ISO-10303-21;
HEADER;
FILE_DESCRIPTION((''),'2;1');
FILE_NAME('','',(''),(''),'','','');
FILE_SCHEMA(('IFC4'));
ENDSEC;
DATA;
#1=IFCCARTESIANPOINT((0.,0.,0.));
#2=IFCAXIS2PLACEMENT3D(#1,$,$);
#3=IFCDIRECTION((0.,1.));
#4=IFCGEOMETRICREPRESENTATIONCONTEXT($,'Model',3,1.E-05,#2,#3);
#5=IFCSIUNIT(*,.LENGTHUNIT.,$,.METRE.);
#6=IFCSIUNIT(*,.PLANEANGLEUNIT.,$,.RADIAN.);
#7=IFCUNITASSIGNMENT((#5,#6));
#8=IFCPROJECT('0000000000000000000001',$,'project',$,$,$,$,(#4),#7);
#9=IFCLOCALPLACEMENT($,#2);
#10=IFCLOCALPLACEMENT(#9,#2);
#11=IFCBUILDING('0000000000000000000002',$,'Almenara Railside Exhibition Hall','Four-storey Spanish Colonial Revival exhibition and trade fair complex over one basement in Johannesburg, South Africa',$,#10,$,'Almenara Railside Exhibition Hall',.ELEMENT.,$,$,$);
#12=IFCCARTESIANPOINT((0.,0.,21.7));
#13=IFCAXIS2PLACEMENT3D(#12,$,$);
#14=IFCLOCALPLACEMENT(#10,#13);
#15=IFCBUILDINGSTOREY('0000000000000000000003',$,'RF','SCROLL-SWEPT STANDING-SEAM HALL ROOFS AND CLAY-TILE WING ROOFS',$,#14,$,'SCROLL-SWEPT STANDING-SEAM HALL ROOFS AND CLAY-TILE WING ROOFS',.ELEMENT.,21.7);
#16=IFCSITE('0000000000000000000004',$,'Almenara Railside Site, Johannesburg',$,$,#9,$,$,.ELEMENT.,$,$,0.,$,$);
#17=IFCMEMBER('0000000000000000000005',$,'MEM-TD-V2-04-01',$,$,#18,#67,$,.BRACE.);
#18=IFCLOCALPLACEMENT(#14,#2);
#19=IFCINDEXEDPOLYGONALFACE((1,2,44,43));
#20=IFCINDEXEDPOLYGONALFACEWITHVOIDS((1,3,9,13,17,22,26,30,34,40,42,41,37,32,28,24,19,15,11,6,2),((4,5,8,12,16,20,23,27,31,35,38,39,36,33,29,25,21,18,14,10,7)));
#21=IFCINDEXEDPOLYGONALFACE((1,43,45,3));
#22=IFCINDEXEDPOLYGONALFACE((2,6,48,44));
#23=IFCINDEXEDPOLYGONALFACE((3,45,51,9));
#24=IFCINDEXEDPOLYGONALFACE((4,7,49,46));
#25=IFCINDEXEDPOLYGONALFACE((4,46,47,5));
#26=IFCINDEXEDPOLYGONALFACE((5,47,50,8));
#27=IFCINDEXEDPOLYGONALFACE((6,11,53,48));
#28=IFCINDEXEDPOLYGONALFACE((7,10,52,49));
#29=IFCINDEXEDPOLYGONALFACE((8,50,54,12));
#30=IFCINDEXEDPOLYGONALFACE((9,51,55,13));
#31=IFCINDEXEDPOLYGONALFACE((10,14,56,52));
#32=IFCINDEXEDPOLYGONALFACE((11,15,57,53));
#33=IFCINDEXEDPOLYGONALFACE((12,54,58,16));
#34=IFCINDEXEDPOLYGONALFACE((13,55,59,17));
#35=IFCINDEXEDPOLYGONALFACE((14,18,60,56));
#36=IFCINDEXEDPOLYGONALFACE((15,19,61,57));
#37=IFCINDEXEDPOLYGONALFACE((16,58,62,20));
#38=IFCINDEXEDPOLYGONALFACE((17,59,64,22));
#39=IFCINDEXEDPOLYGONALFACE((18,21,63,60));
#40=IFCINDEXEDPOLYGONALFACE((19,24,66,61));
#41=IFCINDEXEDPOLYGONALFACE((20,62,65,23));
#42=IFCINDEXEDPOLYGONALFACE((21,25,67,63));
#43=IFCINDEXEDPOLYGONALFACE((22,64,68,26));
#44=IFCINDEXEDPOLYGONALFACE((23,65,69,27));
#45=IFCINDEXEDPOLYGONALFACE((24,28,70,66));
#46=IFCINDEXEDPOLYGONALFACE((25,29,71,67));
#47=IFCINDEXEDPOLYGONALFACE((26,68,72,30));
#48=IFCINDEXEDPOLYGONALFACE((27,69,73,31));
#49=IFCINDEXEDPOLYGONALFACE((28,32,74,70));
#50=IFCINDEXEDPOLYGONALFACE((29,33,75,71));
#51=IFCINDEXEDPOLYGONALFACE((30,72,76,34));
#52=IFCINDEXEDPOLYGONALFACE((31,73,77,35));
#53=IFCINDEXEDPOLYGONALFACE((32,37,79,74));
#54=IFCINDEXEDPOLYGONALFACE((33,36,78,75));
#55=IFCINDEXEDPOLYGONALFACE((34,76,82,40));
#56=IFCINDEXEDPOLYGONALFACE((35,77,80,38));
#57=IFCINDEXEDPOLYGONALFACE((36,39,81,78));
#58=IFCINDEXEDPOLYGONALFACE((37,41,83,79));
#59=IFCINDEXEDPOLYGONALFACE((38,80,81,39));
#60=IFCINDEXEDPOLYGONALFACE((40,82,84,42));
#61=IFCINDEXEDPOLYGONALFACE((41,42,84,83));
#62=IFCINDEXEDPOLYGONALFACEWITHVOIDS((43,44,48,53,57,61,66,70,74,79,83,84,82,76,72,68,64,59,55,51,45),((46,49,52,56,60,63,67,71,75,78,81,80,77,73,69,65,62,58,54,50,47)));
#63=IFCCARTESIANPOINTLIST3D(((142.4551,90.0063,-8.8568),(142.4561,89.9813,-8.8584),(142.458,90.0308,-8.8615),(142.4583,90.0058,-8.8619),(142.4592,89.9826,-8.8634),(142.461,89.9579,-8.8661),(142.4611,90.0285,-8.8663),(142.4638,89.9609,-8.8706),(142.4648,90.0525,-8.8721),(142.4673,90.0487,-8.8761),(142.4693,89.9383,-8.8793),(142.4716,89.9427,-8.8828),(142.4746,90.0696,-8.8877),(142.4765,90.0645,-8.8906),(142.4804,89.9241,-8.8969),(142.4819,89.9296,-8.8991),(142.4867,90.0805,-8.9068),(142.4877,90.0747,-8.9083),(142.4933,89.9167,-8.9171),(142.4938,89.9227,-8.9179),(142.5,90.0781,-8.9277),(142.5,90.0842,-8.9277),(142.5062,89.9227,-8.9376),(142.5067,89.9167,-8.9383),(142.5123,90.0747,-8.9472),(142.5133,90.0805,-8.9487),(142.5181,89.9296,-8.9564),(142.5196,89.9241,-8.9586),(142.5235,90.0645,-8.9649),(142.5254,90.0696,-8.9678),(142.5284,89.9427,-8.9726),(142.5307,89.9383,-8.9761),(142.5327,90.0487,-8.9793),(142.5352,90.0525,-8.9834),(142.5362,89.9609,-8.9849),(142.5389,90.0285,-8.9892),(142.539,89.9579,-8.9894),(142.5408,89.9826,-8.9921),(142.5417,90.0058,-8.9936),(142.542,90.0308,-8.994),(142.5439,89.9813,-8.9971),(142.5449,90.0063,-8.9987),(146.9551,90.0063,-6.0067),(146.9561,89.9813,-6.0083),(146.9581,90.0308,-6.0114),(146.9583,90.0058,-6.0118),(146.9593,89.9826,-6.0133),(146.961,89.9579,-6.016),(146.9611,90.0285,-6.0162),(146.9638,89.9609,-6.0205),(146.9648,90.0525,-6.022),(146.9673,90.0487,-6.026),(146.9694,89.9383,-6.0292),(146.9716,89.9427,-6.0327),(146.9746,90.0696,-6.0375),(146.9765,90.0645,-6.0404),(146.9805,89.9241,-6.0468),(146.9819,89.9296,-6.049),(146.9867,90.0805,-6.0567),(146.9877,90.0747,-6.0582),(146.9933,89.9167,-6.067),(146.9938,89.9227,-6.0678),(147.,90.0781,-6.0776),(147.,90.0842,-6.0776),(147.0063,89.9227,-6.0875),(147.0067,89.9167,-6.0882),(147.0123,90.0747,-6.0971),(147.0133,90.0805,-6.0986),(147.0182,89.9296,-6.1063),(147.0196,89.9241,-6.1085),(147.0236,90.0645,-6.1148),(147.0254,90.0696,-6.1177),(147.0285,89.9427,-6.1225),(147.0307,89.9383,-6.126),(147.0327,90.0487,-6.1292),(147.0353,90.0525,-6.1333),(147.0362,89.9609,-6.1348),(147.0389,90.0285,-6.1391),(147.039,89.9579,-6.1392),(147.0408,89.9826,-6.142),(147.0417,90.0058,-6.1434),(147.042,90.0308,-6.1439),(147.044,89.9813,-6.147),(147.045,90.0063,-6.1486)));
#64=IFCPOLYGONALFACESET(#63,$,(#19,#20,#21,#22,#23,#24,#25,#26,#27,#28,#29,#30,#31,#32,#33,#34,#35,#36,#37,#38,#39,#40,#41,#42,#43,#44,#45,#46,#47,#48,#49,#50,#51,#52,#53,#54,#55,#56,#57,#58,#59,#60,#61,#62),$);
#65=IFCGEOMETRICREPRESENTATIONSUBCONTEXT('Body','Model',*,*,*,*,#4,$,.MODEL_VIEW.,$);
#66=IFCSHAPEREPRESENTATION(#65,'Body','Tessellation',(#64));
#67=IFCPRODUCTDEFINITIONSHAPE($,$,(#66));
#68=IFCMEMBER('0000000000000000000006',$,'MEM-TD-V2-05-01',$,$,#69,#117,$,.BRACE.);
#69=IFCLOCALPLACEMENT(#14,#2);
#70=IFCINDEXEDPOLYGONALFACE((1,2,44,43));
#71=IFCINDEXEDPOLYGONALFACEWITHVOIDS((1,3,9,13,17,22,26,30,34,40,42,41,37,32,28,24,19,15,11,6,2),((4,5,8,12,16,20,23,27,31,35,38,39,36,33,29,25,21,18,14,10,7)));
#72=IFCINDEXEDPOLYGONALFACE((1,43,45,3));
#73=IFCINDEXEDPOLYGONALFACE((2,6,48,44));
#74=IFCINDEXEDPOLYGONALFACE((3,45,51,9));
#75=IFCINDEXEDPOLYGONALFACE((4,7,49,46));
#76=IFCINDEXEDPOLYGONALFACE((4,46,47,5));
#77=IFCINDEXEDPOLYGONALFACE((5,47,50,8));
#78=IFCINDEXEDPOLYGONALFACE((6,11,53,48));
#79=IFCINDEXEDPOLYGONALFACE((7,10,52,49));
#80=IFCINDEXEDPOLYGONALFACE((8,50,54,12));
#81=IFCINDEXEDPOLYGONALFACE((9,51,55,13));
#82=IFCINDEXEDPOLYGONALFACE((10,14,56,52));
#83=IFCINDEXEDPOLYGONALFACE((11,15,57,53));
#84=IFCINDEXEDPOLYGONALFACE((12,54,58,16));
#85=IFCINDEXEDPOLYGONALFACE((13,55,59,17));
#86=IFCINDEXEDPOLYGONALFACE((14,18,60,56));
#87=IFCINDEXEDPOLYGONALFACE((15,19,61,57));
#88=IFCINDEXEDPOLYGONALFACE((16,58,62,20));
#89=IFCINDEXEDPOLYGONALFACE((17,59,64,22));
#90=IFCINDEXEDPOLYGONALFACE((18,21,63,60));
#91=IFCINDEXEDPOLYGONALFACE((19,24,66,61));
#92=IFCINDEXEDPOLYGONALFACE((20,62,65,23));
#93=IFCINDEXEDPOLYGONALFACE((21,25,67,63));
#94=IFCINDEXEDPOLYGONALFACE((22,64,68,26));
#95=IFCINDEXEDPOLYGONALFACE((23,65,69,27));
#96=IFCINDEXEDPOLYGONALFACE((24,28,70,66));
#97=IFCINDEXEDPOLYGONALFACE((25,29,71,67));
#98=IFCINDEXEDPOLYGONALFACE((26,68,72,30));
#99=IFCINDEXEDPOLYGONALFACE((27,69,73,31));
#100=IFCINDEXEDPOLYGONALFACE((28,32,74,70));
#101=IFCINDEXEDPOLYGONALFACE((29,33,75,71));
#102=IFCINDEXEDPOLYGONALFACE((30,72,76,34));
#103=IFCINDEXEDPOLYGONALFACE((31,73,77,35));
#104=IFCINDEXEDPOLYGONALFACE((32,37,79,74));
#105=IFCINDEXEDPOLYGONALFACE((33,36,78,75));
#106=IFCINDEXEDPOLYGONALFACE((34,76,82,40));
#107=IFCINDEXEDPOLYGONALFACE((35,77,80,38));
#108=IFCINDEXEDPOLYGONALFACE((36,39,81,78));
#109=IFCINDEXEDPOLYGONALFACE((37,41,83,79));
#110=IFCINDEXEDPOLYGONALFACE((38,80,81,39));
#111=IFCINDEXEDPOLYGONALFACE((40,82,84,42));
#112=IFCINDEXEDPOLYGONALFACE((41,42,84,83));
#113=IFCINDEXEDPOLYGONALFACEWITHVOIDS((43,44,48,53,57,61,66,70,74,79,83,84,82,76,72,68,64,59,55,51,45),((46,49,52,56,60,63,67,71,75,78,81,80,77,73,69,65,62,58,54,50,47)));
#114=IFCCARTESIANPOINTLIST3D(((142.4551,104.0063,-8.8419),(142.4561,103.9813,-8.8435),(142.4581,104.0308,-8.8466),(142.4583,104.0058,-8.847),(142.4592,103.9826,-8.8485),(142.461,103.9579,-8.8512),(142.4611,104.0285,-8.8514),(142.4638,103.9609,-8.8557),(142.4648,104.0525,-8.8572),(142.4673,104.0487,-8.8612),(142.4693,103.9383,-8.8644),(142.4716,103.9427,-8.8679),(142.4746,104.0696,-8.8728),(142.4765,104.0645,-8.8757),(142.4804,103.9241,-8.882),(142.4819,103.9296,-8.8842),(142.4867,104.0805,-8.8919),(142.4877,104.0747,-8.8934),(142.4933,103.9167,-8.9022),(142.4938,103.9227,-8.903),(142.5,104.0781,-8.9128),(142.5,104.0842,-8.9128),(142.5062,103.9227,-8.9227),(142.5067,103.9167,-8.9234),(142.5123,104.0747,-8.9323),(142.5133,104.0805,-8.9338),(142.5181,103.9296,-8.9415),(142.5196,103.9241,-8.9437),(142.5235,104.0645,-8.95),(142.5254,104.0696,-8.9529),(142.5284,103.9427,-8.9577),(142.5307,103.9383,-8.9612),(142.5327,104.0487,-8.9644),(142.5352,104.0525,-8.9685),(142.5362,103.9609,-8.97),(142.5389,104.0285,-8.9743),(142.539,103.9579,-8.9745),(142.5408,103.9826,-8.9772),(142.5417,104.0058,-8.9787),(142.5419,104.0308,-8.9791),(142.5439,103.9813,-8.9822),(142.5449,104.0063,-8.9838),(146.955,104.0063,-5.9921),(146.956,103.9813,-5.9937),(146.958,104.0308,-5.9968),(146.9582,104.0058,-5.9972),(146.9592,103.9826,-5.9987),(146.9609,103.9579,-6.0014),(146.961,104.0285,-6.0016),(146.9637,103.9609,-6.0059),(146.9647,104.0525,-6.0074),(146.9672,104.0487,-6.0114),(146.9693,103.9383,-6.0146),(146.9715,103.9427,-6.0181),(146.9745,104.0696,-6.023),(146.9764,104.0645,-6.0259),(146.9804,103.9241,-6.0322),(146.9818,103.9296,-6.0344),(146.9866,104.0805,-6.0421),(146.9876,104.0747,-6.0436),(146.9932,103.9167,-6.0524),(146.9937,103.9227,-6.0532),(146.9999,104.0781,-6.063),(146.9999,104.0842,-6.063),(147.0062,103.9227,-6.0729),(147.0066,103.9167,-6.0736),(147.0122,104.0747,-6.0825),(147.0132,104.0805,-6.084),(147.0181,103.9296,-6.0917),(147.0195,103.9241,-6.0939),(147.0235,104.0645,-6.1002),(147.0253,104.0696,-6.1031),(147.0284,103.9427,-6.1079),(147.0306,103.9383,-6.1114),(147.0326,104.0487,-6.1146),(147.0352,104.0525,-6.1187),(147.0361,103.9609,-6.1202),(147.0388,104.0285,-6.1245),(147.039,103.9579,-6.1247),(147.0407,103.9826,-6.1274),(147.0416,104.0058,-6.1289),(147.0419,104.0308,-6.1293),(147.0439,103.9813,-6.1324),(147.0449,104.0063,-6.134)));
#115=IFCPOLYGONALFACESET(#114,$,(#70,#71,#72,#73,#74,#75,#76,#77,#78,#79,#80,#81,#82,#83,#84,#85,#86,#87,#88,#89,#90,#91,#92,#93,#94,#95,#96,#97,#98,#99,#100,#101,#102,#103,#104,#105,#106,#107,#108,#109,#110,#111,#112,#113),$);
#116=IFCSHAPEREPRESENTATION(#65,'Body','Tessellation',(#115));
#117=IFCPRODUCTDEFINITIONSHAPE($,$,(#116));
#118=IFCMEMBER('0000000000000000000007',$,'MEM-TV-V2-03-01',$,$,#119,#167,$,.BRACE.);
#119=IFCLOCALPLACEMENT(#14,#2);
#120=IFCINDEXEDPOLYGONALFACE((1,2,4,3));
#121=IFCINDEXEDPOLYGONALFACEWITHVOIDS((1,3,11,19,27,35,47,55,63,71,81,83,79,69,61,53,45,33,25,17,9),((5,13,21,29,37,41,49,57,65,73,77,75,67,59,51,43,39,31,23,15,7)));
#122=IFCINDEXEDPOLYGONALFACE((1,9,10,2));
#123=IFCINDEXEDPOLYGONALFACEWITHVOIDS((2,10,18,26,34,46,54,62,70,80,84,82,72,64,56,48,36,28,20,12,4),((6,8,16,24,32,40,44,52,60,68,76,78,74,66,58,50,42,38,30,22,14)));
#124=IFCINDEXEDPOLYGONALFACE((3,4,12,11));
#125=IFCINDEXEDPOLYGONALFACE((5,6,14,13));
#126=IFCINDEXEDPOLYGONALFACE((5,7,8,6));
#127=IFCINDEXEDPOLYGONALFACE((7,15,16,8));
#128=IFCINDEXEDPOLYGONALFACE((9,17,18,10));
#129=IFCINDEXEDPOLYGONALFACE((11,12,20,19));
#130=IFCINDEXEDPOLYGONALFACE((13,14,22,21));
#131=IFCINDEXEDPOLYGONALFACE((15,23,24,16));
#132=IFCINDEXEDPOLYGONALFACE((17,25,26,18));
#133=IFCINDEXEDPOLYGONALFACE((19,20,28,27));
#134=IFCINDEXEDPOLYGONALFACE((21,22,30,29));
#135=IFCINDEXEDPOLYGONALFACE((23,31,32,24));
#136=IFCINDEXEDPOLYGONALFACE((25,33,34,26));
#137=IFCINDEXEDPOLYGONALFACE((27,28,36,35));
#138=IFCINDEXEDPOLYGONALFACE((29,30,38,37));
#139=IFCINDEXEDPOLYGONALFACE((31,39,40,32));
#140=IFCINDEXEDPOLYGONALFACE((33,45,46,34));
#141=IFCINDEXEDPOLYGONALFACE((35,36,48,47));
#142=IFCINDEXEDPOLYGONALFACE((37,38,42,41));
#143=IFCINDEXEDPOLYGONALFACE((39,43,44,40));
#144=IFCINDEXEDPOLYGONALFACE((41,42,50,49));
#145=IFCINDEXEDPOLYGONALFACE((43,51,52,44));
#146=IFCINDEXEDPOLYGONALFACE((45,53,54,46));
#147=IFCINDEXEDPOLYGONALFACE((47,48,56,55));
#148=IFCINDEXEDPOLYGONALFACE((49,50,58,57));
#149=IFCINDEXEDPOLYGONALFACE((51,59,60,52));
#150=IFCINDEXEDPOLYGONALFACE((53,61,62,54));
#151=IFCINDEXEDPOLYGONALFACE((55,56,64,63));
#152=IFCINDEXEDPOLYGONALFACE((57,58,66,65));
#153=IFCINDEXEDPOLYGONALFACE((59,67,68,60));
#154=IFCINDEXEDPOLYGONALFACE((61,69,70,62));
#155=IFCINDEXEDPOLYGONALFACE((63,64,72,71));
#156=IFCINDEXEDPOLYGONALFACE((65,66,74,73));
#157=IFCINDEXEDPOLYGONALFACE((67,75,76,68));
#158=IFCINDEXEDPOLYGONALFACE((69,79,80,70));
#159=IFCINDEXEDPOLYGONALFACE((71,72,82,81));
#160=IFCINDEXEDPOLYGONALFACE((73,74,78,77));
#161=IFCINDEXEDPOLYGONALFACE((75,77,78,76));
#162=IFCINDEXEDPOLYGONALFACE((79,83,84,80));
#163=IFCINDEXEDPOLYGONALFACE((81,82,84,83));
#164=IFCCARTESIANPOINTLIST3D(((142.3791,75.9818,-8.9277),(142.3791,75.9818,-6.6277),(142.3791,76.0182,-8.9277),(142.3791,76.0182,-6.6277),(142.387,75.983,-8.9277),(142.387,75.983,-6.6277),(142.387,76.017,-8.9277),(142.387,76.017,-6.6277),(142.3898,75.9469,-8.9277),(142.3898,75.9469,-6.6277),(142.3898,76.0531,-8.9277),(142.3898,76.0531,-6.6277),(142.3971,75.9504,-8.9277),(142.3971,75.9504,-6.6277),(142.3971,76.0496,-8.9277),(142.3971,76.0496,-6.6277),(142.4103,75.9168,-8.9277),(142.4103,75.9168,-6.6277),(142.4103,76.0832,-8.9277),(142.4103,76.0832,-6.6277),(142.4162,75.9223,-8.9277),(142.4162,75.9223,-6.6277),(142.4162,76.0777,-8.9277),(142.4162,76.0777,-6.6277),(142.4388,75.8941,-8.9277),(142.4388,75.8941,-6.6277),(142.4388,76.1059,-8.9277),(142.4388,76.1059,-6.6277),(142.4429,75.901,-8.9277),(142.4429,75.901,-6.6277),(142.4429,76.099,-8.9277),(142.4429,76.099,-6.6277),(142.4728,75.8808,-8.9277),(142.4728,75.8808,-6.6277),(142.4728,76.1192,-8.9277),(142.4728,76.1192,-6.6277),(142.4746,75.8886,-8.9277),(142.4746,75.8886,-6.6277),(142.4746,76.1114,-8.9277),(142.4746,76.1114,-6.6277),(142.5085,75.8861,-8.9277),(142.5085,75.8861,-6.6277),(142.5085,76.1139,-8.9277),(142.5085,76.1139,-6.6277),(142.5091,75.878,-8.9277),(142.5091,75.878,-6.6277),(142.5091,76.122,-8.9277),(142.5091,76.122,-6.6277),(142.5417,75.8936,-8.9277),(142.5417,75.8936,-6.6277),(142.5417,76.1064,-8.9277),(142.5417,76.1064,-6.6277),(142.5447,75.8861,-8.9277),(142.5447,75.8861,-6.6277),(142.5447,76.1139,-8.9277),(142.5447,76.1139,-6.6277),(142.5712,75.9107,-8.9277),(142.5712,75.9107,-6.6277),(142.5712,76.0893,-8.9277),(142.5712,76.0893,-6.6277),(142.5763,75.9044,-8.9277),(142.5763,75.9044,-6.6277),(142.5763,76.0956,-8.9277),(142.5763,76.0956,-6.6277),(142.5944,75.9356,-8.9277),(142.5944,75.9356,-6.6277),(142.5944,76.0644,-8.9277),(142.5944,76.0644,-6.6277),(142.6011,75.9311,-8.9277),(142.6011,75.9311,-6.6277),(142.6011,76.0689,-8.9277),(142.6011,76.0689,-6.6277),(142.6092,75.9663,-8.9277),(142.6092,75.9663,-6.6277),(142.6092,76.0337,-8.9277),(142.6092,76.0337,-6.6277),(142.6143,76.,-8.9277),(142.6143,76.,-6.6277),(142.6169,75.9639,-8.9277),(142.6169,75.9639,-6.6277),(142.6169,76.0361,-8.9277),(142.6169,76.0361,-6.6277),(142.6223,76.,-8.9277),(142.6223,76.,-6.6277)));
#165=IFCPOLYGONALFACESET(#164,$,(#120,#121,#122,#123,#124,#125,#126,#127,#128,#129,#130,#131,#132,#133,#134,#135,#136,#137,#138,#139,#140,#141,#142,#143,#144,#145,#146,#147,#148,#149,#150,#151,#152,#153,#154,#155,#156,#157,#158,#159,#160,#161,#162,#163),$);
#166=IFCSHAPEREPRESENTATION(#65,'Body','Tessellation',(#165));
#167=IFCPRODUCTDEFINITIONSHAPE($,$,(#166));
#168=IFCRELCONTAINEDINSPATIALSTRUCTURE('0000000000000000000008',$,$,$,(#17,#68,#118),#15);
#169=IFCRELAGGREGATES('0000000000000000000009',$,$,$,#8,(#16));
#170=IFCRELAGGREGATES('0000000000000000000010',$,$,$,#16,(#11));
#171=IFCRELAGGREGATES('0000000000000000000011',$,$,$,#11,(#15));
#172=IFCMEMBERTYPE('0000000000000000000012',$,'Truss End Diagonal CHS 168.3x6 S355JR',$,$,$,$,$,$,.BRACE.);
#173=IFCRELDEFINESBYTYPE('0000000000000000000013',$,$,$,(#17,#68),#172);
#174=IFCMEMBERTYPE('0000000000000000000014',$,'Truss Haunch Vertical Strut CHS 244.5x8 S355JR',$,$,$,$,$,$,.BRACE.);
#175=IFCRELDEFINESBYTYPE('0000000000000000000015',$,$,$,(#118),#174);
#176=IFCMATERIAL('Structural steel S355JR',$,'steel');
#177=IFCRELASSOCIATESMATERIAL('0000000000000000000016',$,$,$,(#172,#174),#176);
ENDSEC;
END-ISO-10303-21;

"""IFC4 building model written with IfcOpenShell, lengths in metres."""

from ifc_helpers import new_model, si_unit, direction, frame, origin, origin_2d, place, context, subcontext, project, spatial, hollow_circle, extrude, material, material_profile, profile_set, type_object, element, save


model = new_model("IFC4")

# Units and contexts
model_context = context("Model", 3, precision=1e-05, world=origin(), true_north=direction((0.0, 1.0)))
body_context = subcontext(model_context, "Body", "Model", "MODEL_VIEW")
ifc_project = project(units=[si_unit("LENGTHUNIT", "METRE"), si_unit("PLANEANGLEUNIT", "RADIAN")], contexts=[model_context])

# Site, building, storey
site_placement = place(None, origin())
site = spatial("IfcSite", under=ifc_project, at=site_placement, Name="Almenara Railside Site, Johannesburg", CompositionType="ELEMENT", RefElevation=0.0)
building_placement = place(site_placement, origin())
building = spatial("IfcBuilding", under=site, at=building_placement, Name="Almenara Railside Exhibition Hall", Description="Four-storey Spanish Colonial Revival exhibition and trade fair complex over one basement in Johannesburg, South Africa", LongName="Almenara Railside Exhibition Hall", CompositionType="ELEMENT")
storey_placement = place(building_placement, frame((0.0, 0.0, 21.7)))
storey = spatial("IfcBuildingStorey", under=building, at=storey_placement, Name="RF", Description="SCROLL-SWEPT STANDING-SEAM HALL ROOFS AND CLAY-TILE WING ROOFS", LongName="SCROLL-SWEPT STANDING-SEAM HALL ROOFS AND CLAY-TILE WING ROOFS", CompositionType="ELEMENT", Elevation=21.7)

# Members
ifc_material = material(Name="Structural steel S355JR", Category="steel")
ifc_material_profile_1 = material_profile(ifc_material, hollow_circle(Radius=0.0842, WallThickness=0.0061, at=origin_2d()), Name="CHS 168.3x6")
ifc_profile_set_1 = profile_set([ifc_material_profile_1], Name="Structural steel S355JR")
member_type_1 = type_object("IfcMemberType", Name="Truss End Diagonal CHS 168.3x6 S355JR", PredefinedType="BRACE", material=ifc_profile_set_1)
for number, where, z_axis, x_axis, name in (
    (1, (142.5, 90.0, -8.9277), (0.844811, 0.0, 0.535065), (0.0, 1.0, 0.0), "MEM-TD-V2-04-01"),
):
    element("IfcMember", number, at=place(storey_placement, frame(where, z_axis=z_axis, x_axis=x_axis)), inside=storey, type_object=member_type_1, Name=name, PredefinedType="BRACE", context=body_context, shape_type="SweptSolid", body=[
        extrude(hollow_circle(Radius=0.0842, WallThickness=0.0061, at=origin_2d()), origin(), (0.0, 0.0, 1.0), 5.3267),
    ])
member_1_placement = place(storey_placement, frame((142.5, 104.0, -8.9128), z_axis=(0.844832, 0.0, 0.535032), x_axis=(0.0, 1.0, 0.0)))
element("IfcMember", 2, at=member_1_placement, inside=storey, type_object=member_type_1, Name="MEM-TD-V2-05-01", PredefinedType="BRACE", context=body_context, shape_type="SweptSolid", body=[
    extrude(hollow_circle(Radius=0.0842, WallThickness=0.0061, at=origin_2d()), origin(), (0.0, 0.0, 1.0), 5.3264),
])
ifc_material_profile_2 = material_profile(ifc_material, hollow_circle(Radius=0.1223, WallThickness=0.0081, at=origin_2d()), Name="CHS 244.5x8")
ifc_profile_set_2 = profile_set([ifc_material_profile_2], Name="Structural steel S355JR")
member_type_2 = type_object("IfcMemberType", Name="Truss Haunch Vertical Strut CHS 244.5x8 S355JR", PredefinedType="BRACE", material=ifc_profile_set_2)
for number, where, z_axis, x_axis, name in (
    (3, (142.5, 76.0, -8.9277), (0.0, 0.0, 1.0), (1.0, 0.0, 0.0), "MEM-TV-V2-03-01"),
):
    element("IfcMember", number, at=place(storey_placement, frame(where, z_axis=z_axis, x_axis=x_axis)), inside=storey, type_object=member_type_2, Name=name, PredefinedType="BRACE", context=body_context, shape_type="SweptSolid", body=[
        extrude(hollow_circle(Radius=0.1223, WallThickness=0.0081, at=origin_2d()), origin(), (0.0, 0.0, 1.0), 2.3),
    ])

save(model, "model.ifc")
